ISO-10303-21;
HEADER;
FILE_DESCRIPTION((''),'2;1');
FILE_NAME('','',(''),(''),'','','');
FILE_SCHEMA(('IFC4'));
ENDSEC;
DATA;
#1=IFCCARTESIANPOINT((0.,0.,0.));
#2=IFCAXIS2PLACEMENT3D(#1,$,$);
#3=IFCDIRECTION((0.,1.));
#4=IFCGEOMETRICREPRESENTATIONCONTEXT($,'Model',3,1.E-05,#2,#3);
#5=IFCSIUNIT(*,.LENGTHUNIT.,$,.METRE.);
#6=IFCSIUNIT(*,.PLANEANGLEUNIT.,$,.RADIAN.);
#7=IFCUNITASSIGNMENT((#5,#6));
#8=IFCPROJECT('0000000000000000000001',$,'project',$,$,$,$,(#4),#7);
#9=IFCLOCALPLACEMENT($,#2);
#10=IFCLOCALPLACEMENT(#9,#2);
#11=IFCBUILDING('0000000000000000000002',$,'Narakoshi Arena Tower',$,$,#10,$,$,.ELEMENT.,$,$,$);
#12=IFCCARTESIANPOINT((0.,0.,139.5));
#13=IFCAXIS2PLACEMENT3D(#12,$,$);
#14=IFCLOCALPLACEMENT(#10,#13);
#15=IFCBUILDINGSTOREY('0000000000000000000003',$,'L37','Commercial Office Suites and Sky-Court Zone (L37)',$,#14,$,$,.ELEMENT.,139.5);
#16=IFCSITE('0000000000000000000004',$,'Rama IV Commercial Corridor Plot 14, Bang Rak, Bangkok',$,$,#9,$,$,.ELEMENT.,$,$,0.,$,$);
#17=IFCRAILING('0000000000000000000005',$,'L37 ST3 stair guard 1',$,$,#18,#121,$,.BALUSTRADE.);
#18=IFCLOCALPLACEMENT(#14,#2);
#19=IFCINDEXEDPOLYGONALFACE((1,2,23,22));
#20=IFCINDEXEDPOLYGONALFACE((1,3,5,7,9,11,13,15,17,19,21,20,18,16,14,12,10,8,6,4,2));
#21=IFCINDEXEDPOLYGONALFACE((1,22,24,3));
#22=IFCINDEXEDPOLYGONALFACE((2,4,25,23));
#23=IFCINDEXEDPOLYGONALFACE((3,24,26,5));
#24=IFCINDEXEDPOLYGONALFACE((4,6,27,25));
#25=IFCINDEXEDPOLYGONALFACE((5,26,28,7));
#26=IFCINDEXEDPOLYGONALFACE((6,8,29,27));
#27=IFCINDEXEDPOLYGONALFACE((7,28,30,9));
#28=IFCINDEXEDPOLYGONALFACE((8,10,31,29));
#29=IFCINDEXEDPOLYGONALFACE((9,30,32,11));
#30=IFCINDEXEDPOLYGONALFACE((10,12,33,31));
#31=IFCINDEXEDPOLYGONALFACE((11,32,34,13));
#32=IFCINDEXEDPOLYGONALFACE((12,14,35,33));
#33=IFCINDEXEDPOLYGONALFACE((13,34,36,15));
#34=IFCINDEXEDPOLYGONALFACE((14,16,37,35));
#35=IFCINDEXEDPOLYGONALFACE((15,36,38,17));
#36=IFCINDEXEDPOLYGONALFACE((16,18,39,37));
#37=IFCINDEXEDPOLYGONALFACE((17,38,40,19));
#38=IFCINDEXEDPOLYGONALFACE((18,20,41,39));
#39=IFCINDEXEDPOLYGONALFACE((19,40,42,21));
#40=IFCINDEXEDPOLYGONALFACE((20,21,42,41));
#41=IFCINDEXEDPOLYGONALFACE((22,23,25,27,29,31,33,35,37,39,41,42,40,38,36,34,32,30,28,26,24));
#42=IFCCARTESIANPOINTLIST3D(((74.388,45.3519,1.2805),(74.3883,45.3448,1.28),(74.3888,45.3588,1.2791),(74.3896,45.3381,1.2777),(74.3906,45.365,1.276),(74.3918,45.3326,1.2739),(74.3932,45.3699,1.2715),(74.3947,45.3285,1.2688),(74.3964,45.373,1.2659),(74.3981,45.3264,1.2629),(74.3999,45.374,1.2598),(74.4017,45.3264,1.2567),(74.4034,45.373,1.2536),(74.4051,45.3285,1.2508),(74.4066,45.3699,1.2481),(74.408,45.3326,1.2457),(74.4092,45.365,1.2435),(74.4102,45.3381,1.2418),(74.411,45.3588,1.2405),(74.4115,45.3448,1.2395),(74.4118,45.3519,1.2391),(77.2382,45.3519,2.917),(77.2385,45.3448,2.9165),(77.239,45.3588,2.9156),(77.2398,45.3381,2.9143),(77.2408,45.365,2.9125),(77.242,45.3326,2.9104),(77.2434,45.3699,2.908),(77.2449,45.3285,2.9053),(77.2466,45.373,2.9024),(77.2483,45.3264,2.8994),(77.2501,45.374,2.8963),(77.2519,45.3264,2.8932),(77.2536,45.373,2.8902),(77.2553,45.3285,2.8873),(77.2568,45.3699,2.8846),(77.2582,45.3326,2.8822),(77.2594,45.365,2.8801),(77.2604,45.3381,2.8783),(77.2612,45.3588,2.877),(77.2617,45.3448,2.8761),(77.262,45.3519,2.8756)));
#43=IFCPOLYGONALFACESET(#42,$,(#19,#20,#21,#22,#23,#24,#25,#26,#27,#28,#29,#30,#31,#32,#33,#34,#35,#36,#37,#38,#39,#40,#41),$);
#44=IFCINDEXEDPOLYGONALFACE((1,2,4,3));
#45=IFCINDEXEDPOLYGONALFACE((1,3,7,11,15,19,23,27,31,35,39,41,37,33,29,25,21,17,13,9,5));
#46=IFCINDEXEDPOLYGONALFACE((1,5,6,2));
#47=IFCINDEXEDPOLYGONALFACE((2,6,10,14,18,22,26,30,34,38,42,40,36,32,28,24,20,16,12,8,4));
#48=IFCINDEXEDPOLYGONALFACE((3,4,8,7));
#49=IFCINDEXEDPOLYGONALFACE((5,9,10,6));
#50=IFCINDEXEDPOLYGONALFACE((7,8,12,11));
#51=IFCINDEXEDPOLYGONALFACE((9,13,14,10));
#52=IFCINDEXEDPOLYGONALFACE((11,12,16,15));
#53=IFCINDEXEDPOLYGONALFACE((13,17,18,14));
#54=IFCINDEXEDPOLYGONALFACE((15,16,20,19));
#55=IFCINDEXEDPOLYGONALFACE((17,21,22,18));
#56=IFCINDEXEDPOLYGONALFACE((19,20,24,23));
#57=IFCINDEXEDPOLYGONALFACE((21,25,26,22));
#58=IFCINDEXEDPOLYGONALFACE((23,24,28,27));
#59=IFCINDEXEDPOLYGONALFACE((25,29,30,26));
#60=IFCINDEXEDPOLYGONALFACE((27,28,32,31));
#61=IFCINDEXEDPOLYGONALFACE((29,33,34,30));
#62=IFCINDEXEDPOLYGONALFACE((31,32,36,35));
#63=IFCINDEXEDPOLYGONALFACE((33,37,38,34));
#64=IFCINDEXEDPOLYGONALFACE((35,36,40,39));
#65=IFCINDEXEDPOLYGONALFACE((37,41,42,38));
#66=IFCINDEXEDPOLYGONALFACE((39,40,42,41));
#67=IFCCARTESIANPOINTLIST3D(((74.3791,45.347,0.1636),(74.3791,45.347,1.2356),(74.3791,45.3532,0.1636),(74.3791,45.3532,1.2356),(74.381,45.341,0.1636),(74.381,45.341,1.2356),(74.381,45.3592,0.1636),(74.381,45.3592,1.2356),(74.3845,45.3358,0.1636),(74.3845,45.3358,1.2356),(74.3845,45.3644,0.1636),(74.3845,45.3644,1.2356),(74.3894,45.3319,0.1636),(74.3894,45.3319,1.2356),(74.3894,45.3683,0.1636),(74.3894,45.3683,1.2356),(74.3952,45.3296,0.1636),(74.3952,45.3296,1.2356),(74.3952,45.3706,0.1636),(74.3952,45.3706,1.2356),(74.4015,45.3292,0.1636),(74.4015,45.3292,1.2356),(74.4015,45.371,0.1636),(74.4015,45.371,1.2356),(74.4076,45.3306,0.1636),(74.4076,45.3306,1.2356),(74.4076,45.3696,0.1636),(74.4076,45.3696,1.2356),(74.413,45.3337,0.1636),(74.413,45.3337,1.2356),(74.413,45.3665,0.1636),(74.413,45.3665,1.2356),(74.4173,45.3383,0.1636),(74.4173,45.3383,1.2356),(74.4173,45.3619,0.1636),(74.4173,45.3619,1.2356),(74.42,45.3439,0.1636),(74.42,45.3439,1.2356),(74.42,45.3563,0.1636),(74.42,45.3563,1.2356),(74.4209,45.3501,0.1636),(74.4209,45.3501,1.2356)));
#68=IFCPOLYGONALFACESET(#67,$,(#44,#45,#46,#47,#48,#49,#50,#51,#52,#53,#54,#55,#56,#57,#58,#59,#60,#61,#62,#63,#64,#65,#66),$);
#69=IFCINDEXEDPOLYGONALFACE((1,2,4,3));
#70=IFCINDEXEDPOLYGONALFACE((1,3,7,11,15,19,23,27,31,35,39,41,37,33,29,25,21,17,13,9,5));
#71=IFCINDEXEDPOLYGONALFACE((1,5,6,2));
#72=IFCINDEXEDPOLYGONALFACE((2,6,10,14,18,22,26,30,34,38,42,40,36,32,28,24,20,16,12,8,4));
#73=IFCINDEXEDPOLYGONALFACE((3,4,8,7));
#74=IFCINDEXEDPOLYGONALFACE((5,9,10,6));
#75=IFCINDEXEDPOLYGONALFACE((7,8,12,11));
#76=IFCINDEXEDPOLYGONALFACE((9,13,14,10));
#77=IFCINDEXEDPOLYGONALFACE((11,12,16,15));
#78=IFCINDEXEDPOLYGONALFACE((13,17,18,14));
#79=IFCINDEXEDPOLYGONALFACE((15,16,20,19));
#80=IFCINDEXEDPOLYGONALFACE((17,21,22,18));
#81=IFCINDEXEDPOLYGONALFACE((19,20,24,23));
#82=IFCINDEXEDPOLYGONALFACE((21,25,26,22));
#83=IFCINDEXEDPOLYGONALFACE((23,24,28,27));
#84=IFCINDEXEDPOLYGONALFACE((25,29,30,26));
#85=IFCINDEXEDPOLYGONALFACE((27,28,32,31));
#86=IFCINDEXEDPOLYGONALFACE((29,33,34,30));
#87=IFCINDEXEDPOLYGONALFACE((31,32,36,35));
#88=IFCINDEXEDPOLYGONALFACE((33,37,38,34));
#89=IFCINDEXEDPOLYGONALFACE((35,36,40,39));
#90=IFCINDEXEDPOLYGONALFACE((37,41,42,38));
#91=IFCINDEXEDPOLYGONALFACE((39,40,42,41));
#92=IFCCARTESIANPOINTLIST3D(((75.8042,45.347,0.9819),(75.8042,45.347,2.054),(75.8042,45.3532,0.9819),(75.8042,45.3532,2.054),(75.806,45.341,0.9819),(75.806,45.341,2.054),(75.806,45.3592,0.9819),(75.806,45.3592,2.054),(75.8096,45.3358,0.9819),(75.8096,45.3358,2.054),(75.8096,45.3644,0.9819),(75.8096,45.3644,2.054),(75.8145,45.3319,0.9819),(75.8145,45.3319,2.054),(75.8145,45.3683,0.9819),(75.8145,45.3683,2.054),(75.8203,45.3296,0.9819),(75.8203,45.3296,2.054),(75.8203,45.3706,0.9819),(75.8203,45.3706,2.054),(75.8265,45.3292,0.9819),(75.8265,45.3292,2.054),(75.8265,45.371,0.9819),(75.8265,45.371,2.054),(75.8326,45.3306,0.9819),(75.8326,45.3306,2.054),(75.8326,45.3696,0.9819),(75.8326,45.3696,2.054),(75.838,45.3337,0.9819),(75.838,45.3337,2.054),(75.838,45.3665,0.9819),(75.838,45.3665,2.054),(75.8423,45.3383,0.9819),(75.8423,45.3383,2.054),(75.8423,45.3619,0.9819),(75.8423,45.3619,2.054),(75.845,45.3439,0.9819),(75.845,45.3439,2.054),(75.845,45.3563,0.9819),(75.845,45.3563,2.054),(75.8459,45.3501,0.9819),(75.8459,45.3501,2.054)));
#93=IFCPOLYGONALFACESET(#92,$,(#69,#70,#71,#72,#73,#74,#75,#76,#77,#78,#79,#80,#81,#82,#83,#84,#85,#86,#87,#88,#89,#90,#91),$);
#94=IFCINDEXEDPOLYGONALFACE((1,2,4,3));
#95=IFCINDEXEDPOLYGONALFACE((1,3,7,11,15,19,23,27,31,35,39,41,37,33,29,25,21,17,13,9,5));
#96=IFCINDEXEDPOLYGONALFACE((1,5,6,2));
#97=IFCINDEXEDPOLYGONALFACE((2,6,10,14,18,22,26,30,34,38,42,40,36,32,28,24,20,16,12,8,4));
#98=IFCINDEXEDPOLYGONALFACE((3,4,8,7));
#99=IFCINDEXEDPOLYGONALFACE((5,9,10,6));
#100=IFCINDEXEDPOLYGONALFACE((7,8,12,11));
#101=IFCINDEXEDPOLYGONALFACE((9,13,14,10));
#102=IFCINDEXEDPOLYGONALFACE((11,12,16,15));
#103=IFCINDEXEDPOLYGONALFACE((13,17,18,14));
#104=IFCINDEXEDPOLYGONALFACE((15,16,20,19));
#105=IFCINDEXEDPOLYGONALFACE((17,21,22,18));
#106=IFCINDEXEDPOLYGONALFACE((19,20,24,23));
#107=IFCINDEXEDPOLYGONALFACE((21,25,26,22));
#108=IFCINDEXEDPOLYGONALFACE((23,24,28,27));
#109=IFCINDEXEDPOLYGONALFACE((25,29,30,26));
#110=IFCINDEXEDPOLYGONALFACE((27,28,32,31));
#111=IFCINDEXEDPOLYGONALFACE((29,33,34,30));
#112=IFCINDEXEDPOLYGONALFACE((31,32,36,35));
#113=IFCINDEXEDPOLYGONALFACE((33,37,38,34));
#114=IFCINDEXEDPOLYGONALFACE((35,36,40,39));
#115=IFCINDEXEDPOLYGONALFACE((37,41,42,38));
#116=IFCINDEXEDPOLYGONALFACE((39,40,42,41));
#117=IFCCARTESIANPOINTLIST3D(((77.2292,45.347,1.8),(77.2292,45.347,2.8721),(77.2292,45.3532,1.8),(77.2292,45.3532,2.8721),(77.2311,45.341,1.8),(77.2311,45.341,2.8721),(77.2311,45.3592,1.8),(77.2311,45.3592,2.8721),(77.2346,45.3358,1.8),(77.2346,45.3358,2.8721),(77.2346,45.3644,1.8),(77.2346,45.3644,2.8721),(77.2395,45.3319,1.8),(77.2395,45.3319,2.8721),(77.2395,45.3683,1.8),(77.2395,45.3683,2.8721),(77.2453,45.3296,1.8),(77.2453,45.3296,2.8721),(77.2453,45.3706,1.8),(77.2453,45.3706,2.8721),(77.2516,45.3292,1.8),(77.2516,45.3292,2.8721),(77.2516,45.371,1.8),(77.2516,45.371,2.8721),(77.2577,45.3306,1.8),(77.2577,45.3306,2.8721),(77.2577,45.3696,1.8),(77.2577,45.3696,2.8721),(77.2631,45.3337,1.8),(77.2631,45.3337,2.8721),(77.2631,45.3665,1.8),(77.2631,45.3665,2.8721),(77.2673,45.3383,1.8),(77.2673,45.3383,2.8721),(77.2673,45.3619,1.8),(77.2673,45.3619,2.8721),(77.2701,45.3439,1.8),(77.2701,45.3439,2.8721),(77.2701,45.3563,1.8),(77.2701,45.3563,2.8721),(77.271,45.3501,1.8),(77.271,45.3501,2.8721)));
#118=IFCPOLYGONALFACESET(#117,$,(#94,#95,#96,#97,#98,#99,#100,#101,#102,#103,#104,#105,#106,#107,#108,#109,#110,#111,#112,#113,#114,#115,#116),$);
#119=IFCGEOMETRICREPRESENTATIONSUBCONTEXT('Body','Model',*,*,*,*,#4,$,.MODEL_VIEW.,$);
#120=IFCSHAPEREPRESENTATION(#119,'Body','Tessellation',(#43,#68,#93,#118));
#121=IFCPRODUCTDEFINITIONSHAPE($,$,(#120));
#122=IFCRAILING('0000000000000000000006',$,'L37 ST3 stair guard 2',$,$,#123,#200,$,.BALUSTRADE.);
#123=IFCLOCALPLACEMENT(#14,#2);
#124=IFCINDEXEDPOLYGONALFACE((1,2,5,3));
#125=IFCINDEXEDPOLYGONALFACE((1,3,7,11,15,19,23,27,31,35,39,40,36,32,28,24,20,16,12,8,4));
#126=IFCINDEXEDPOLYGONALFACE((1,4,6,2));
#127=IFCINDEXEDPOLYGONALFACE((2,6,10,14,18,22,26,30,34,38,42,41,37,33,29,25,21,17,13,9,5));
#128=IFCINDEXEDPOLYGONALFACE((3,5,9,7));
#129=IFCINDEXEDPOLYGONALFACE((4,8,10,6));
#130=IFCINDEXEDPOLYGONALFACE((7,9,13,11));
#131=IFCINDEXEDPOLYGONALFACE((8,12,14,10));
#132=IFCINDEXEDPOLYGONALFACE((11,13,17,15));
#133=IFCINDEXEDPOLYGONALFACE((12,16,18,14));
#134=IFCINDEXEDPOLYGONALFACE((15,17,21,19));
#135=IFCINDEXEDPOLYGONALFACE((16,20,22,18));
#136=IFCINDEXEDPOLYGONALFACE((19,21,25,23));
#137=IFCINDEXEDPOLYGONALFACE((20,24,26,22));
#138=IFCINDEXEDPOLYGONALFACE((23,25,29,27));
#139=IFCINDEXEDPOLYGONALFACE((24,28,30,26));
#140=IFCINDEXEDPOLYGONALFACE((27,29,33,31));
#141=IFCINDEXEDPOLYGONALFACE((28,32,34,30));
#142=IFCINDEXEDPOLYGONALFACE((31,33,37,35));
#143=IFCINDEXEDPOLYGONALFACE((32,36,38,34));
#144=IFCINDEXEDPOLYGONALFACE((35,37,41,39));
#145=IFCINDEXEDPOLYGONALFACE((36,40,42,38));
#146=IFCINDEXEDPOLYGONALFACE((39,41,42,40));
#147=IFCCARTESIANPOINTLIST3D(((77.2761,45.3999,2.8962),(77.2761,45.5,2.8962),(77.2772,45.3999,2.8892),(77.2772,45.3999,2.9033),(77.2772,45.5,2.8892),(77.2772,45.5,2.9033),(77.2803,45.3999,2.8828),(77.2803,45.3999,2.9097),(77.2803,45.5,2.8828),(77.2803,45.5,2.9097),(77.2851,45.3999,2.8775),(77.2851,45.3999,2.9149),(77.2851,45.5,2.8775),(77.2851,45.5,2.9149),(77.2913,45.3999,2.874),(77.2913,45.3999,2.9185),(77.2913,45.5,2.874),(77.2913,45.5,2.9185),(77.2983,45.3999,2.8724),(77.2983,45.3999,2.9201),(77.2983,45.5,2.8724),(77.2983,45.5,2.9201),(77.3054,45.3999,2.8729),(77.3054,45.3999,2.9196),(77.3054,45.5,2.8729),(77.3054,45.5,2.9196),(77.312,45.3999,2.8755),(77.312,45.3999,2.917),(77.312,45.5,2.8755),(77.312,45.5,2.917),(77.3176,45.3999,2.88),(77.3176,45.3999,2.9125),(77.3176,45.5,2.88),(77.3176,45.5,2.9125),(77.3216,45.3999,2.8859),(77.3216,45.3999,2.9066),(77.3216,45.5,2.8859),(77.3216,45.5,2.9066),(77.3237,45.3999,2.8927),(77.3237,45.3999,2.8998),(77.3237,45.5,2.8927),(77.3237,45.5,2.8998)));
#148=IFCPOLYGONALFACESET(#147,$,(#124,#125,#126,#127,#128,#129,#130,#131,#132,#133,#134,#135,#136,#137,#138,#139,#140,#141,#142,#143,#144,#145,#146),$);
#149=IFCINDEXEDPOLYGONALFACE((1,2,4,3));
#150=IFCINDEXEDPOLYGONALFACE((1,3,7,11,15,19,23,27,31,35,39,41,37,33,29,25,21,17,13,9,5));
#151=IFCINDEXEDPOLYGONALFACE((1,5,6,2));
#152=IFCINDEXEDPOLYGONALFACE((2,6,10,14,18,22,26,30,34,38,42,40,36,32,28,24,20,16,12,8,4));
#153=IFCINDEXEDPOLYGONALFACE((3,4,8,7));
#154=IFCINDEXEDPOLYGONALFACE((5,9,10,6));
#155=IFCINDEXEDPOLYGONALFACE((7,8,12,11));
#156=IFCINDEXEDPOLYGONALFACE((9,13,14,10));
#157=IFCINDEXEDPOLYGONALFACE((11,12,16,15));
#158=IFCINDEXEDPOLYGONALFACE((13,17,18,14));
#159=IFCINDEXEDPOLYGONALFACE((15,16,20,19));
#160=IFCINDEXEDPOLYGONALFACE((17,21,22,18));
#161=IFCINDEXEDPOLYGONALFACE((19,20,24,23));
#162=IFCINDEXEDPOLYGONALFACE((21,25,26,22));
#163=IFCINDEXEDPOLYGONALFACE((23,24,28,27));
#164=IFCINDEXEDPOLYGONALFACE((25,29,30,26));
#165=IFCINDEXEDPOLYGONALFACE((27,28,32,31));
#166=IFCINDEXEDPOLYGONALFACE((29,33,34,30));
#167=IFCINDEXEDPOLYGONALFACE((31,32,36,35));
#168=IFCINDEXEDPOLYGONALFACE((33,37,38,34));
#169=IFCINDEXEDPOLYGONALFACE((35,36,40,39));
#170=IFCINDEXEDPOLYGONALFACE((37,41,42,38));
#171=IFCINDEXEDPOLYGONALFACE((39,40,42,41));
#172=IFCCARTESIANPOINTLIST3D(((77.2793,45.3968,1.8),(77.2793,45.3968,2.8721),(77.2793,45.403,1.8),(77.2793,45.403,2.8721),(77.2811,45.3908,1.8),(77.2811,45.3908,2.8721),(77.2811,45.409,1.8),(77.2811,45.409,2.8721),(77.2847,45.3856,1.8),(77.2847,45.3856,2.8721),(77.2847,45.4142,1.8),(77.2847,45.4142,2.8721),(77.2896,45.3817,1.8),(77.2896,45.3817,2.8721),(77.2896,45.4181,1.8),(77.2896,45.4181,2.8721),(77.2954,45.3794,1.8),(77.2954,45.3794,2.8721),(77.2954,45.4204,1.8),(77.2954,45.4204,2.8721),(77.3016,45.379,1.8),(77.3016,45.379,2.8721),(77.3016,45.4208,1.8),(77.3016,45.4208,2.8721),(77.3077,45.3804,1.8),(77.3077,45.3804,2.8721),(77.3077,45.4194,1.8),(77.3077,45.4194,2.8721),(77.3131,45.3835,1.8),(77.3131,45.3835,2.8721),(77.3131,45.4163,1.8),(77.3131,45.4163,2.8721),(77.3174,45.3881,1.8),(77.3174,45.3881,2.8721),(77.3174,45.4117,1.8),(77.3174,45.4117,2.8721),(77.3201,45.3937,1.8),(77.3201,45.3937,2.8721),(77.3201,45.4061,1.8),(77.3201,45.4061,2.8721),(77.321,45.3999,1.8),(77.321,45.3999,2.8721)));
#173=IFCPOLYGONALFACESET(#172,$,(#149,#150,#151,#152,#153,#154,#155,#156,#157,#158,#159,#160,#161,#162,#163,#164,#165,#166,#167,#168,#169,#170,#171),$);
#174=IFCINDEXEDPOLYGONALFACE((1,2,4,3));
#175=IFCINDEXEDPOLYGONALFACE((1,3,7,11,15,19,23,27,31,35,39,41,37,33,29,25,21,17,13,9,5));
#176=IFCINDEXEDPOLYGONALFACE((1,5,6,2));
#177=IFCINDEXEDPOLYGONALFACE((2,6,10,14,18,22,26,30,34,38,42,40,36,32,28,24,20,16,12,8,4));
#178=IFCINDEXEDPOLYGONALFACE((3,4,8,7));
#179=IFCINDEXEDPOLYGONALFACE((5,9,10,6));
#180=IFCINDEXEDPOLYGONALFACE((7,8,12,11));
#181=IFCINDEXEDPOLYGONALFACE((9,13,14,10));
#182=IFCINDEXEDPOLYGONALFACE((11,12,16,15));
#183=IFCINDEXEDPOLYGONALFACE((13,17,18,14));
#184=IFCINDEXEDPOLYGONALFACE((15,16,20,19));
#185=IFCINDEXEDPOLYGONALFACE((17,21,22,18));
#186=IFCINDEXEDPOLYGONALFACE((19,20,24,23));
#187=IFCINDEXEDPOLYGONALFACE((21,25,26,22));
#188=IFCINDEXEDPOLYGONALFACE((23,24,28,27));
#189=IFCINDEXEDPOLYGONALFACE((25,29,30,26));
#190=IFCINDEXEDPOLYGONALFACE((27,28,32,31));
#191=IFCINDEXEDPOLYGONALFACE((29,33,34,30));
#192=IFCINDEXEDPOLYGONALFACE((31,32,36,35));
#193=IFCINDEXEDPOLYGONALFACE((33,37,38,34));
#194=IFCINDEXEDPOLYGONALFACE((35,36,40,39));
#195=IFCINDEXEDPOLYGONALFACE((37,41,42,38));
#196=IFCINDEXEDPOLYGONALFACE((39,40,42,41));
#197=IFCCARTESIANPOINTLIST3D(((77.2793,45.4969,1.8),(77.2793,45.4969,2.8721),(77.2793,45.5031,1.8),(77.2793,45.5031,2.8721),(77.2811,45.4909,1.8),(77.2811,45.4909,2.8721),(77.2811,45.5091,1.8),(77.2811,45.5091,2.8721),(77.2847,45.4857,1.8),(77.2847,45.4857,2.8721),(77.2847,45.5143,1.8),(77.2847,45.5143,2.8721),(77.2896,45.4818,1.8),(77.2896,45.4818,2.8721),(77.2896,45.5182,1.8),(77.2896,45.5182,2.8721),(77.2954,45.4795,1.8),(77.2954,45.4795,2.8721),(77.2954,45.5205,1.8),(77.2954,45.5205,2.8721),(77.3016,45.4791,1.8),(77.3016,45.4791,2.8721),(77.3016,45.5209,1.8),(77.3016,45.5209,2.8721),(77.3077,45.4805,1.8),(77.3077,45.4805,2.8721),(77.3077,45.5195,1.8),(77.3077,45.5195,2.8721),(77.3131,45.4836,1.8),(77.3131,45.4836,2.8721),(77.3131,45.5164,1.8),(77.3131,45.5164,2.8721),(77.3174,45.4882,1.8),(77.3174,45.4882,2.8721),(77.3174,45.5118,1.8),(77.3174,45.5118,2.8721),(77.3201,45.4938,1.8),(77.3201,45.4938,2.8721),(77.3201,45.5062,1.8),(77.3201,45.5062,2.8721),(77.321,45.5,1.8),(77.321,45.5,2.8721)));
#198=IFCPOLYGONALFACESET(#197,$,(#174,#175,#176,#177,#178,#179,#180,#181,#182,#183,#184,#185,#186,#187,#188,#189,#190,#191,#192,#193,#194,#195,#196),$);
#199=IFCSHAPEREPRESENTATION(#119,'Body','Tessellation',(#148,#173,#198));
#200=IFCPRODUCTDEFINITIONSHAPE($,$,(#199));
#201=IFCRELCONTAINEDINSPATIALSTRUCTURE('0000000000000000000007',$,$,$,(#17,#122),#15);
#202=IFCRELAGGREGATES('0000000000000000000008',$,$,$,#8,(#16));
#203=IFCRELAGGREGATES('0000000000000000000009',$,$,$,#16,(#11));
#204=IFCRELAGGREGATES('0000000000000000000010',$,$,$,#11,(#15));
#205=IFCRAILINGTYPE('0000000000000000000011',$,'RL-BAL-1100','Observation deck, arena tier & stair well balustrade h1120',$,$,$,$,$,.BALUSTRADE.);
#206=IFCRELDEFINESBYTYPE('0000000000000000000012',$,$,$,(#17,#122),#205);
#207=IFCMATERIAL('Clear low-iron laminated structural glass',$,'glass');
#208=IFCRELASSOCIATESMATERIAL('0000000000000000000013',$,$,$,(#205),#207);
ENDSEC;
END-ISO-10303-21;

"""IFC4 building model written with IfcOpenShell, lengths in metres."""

from ifc_helpers import new_model, si_unit, direction, frame, origin, origin_2d, place, context, subcontext, project, spatial, circle, extrude, material, type_object, element, save


model = new_model("IFC4")

# Units and contexts
model_context = context("Model", 3, precision=1e-05, world=origin(), true_north=direction((0.0, 1.0)))
body_context = subcontext(model_context, "Body", "Model", "MODEL_VIEW")
ifc_project = project(units=[si_unit("LENGTHUNIT", "METRE"), si_unit("PLANEANGLEUNIT", "RADIAN")], contexts=[model_context])

# Site, building, storey
site_placement = place(None, origin())
site = spatial("IfcSite", under=ifc_project, at=site_placement, Name="Rama IV Commercial Corridor Plot 14, Bang Rak, Bangkok", CompositionType="ELEMENT", RefElevation=0.0)
building_placement = place(site_placement, origin())
building = spatial("IfcBuilding", under=site, at=building_placement, Name="Narakoshi Arena Tower", CompositionType="ELEMENT")
storey_placement = place(building_placement, frame((0.0, 0.0, 139.5)))
storey = spatial("IfcBuildingStorey", under=building, at=storey_placement, Name="L37", Description="Commercial Office Suites and Sky-Court Zone (L37)", CompositionType="ELEMENT", Elevation=139.5)

# Railings
ifc_material_1 = material(Name="Clear low-iron laminated structural glass", Category="glass")
railing_type_1 = type_object("IfcRailingType", Name="RL-BAL-1100", Description="Observation deck, arena tier & stair well balustrade h1120", PredefinedType="BALUSTRADE", material=ifc_material_1)
railing_1_placement = place(storey_placement, frame((74.3999, 45.3501, 0.1636)))
element("IfcRailing", 1, at=railing_1_placement, inside=storey, type_object=railing_type_1, Name="L37 ST3 stair guard 1", PredefinedType="BALUSTRADE", context=body_context, shape_type="SweptSolid", body=[
    extrude(circle(Radius=0.0239, at=origin_2d()), frame((0.0, 0.0, 1.0962), z_axis=(0.867213, 0.0, 0.497938), x_axis=(0.0, 1.0, 0.0)), (0.0, 0.0, 1.0), 3.2866),
    extrude(circle(Radius=0.021, at=origin_2d()), origin(), (0.0, 0.0, 1.0), 1.072),
    extrude(circle(Radius=0.021, at=origin_2d()), frame((1.425, 0.0, 0.8184)), (0.0, 0.0, 1.0), 1.072),
    extrude(circle(Radius=0.021, at=origin_2d()), frame((2.8501, 0.0, 1.6365)), (0.0, 0.0, 1.0), 1.072),
])
for number, where, name in (
    (2, (77.3, 45.3999, 1.8), "L37 ST3 stair guard 2"),
):
    element("IfcRailing", number, at=place(storey_placement, frame(where)), inside=storey, type_object=railing_type_1, Name=name, PredefinedType="BALUSTRADE", context=body_context, shape_type="SweptSolid", body=[
        extrude(circle(Radius=0.0239, at=origin_2d()), frame((0.0, 0.0, 1.0962), z_axis=(0.0, 1.0, 0.0), x_axis=(-1.0, 0.0, 0.0)), (0.0, 0.0, 1.0), 0.1001),
        extrude(circle(Radius=0.021, at=origin_2d()), origin(), (0.0, 0.0, 1.0), 1.072),
        extrude(circle(Radius=0.021, at=origin_2d()), frame((0.0, 0.1001, 0.0)), (0.0, 0.0, 1.0), 1.072),
    ])

save(model, "model.ifc")
